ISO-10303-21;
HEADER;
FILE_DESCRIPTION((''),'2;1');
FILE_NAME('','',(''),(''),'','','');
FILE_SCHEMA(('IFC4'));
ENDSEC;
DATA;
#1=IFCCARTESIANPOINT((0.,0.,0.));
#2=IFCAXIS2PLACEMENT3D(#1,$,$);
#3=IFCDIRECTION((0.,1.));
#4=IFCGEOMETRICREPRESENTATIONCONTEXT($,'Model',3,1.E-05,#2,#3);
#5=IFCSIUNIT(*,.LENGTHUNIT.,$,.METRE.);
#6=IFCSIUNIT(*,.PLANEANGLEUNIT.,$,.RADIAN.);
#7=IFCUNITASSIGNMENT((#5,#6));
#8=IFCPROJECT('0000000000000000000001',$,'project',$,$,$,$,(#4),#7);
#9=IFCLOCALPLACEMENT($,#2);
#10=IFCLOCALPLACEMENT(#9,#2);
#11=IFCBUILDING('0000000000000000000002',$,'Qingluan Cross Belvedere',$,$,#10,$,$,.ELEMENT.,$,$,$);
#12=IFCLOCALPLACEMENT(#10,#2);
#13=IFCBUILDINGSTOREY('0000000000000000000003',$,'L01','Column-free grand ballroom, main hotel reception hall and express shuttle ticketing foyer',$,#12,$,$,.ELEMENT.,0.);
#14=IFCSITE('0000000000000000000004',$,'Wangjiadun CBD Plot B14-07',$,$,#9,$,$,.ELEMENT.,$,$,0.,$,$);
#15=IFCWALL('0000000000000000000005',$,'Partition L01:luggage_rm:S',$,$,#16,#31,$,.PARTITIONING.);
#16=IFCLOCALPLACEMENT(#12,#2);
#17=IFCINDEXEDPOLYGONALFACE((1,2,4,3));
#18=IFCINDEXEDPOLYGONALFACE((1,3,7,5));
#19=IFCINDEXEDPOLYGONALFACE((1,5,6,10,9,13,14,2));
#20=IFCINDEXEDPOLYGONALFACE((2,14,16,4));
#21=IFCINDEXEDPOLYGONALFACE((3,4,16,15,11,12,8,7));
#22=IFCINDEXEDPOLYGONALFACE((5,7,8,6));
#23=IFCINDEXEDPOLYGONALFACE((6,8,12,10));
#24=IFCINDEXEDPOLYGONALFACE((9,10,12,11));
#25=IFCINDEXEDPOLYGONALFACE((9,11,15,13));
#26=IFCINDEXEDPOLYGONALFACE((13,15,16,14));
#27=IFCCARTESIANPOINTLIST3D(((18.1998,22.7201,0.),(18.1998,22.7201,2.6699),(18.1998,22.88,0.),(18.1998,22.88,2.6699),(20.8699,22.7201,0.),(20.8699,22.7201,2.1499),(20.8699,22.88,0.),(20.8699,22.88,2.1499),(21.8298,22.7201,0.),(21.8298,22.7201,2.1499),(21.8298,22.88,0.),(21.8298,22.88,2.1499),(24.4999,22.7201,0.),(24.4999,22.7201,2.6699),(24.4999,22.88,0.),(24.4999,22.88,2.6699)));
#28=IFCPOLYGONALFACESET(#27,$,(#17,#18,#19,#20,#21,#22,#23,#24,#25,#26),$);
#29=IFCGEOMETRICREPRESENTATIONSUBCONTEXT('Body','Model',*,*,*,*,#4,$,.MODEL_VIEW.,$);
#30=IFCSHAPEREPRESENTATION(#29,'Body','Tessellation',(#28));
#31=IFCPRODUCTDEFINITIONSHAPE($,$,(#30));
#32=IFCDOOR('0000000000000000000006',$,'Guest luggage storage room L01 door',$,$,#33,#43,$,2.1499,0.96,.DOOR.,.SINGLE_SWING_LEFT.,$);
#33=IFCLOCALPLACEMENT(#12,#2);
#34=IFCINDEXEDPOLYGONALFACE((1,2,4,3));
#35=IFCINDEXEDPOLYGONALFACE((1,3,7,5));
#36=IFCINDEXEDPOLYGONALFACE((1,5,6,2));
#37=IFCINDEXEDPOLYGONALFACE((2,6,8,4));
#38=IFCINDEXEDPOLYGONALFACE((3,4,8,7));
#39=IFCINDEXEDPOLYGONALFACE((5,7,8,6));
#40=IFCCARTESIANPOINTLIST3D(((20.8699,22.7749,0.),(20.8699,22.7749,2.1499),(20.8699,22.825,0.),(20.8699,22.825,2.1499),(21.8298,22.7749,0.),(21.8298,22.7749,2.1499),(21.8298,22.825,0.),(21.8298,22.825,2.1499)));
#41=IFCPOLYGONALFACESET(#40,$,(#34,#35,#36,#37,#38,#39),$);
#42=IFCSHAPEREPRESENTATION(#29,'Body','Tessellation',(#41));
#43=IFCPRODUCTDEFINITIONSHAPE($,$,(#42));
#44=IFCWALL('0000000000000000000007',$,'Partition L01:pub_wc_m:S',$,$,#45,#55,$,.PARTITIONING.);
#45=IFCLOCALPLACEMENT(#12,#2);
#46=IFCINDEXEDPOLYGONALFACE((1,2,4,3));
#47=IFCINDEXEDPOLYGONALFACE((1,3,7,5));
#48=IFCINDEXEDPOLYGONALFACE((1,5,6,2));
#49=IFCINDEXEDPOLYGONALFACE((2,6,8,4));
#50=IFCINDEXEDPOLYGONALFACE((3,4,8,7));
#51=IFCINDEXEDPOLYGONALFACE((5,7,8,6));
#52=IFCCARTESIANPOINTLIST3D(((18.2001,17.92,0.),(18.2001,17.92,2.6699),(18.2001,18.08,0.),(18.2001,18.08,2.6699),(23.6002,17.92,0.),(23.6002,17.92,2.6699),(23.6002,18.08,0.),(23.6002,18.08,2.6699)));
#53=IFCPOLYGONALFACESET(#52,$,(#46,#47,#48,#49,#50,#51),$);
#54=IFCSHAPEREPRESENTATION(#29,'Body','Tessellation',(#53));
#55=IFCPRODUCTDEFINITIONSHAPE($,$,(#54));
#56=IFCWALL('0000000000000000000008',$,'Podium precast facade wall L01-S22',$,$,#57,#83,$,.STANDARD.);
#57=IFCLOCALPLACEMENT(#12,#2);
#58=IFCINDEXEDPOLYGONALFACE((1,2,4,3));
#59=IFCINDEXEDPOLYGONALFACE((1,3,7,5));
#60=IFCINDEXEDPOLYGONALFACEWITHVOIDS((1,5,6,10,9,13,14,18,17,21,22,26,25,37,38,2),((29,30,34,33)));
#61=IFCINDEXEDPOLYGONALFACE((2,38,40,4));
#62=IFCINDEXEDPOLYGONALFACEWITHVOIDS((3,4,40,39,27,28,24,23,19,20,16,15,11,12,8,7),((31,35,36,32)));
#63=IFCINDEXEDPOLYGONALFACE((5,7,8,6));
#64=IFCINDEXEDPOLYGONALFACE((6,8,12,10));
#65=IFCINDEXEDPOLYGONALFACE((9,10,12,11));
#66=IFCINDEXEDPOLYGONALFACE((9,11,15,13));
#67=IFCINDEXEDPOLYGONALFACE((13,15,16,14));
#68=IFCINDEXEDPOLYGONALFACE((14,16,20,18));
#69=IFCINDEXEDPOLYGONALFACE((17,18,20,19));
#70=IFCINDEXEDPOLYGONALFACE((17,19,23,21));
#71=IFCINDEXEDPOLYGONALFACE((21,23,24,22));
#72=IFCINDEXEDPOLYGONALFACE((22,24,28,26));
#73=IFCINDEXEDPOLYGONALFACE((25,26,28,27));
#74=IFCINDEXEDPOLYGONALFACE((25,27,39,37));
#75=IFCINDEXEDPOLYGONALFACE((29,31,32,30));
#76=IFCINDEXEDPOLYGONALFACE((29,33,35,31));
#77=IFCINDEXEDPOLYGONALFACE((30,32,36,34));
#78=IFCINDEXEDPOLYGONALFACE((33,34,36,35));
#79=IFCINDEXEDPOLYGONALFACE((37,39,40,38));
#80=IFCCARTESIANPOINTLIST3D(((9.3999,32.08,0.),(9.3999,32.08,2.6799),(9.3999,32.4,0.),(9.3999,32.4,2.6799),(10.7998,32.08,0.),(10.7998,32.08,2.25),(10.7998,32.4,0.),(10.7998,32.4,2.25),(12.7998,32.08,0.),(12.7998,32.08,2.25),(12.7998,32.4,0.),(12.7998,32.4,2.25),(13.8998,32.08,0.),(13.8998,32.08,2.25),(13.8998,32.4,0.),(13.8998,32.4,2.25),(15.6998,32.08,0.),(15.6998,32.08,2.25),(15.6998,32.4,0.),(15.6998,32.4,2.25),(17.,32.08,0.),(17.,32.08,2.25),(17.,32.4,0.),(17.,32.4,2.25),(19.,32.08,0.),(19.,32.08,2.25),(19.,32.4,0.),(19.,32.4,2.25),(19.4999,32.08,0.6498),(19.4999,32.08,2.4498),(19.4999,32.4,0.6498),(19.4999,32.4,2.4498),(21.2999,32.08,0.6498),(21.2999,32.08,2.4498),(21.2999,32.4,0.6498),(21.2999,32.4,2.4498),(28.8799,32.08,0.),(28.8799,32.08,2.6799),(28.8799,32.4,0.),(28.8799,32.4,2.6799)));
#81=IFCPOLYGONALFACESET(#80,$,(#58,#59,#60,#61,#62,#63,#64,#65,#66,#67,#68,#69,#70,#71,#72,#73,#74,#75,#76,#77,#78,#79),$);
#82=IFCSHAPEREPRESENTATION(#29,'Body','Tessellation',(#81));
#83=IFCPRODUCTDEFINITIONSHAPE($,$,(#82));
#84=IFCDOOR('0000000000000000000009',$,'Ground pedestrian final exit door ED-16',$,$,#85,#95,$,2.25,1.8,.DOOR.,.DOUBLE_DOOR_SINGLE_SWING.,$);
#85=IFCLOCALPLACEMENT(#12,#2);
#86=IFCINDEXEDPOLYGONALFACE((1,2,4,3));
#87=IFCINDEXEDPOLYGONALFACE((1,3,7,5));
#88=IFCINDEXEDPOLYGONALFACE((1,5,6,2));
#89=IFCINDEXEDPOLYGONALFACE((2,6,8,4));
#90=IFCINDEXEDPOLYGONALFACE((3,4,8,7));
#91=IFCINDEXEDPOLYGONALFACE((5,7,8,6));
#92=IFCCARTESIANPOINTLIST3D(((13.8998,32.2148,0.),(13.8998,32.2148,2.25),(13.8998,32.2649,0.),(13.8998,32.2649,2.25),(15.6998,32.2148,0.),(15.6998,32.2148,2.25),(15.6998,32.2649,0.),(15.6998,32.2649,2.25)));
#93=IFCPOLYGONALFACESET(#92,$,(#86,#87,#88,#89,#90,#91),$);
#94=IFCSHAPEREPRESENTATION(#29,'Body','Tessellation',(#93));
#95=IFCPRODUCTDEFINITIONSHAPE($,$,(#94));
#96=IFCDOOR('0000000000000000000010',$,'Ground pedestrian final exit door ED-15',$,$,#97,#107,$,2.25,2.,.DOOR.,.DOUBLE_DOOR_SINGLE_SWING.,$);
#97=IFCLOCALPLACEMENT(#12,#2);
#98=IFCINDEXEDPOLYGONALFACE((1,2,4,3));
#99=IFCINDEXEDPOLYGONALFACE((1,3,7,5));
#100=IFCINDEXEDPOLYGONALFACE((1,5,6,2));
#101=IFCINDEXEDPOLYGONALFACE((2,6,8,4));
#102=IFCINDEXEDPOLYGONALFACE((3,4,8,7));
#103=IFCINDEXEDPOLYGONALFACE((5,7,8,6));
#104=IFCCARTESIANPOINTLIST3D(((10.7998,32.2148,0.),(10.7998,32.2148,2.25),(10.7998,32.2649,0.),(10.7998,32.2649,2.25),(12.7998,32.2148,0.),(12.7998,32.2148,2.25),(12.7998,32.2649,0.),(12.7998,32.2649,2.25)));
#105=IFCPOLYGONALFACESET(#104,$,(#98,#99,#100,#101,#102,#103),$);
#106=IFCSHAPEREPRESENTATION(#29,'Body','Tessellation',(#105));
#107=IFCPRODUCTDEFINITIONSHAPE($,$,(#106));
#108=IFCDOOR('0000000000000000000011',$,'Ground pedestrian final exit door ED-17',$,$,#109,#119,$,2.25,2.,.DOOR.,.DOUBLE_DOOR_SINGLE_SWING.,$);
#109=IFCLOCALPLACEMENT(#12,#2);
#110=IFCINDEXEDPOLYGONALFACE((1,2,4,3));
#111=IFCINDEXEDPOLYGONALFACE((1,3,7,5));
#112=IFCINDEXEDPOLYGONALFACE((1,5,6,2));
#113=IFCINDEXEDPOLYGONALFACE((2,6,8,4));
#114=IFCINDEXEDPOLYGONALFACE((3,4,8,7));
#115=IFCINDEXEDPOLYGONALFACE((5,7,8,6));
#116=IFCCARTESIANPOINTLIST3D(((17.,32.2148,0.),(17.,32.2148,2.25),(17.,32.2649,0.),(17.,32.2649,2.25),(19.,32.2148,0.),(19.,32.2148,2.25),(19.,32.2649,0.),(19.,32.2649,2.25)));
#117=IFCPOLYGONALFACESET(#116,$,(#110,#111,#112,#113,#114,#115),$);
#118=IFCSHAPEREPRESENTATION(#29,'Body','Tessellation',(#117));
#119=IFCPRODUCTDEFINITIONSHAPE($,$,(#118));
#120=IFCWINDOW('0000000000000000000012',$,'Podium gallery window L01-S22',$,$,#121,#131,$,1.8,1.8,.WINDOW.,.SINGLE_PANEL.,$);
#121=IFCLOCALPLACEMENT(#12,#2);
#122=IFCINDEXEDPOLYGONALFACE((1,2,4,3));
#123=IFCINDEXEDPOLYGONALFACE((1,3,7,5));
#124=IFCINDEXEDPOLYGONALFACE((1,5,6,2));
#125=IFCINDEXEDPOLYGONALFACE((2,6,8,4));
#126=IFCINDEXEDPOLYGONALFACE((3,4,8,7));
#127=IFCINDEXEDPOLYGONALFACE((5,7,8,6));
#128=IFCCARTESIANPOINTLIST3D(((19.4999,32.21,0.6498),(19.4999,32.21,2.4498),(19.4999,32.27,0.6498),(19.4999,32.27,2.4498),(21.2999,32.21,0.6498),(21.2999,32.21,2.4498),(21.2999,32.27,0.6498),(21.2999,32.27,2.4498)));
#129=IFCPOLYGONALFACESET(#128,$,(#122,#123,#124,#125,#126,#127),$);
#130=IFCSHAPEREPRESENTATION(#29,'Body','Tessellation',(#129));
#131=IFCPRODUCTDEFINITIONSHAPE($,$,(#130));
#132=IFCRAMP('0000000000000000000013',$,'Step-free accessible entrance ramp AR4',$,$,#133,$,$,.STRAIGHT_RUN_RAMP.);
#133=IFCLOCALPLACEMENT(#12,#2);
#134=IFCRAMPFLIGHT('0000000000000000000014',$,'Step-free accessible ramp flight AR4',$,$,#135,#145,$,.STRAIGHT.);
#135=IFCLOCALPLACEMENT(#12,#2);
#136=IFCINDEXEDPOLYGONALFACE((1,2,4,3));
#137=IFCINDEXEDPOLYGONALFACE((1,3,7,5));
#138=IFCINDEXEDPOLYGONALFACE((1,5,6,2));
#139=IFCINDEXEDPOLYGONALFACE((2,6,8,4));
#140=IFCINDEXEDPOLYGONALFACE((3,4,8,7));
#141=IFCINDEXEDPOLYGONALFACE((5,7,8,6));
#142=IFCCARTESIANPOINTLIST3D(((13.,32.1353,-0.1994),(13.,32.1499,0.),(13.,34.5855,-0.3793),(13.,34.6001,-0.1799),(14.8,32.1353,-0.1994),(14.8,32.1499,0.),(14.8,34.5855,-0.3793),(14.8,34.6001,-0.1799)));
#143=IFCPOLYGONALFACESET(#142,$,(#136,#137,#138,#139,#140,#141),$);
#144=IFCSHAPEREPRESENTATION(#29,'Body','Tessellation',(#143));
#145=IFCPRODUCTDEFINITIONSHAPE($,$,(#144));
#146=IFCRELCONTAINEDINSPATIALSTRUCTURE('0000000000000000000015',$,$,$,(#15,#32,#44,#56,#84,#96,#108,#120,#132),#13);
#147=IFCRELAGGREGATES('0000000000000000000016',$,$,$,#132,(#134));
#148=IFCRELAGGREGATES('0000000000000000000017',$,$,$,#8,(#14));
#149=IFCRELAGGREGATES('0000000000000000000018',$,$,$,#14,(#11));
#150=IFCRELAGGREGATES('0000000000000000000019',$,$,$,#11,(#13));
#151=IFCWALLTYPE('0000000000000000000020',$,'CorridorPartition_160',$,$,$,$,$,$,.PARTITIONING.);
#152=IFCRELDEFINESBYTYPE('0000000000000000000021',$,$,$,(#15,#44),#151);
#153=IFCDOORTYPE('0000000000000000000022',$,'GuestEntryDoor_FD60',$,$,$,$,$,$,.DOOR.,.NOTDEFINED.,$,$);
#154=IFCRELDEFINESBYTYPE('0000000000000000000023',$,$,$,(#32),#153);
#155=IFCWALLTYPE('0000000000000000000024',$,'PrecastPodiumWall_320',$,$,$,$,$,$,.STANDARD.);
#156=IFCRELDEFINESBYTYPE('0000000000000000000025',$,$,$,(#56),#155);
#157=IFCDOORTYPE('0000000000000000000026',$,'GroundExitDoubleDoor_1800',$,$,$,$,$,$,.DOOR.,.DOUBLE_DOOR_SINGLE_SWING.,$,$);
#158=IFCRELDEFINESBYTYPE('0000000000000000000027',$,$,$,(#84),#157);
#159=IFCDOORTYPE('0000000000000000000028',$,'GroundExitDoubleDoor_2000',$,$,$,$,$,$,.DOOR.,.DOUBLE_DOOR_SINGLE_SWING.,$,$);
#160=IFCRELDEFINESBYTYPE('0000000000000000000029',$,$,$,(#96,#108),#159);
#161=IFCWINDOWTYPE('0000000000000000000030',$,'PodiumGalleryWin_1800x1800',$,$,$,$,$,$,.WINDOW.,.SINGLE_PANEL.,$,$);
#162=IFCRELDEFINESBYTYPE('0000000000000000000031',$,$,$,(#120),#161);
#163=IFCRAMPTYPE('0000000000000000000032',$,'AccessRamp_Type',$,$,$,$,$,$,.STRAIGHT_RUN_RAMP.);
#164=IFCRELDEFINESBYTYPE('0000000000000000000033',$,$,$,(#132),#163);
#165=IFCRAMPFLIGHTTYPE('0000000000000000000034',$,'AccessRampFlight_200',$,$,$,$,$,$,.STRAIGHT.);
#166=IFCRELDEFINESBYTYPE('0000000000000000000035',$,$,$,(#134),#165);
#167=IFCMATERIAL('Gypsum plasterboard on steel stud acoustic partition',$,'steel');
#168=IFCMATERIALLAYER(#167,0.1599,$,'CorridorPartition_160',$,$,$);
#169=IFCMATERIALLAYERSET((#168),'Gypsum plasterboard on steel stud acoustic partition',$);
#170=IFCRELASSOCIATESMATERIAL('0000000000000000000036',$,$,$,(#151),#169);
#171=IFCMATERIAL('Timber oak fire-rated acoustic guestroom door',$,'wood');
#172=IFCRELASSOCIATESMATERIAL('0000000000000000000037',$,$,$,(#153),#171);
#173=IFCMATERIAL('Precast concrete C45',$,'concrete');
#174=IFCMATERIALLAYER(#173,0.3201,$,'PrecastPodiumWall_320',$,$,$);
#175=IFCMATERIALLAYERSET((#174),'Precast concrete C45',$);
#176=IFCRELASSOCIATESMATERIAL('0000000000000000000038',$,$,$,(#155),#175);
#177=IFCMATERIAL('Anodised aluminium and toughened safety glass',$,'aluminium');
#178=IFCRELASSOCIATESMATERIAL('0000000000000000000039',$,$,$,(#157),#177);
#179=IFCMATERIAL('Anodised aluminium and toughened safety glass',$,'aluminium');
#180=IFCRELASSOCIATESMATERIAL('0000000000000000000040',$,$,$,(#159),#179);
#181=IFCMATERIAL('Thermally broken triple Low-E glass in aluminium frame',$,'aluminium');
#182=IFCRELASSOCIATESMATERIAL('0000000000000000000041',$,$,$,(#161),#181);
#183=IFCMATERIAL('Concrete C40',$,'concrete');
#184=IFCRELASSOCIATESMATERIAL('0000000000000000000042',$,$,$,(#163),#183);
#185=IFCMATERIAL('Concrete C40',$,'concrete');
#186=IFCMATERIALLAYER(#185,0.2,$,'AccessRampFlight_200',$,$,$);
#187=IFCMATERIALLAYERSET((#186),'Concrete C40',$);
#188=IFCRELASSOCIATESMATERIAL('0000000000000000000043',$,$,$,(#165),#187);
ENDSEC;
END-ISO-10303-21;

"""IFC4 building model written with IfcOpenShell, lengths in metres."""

from ifc_helpers import new_model, si_unit, direction, frame, frame_2d, origin, place, context, subcontext, project, spatial, polyline, rectangle, outline, extrude, material, layer, layer_set, type_object, element, fill, aggregate, save


model = new_model("IFC4")

# Units and contexts
model_context = context("Model", 3, precision=1e-05, world=origin(), true_north=direction((0.0, 1.0)))
body_context = subcontext(model_context, "Body", "Model", "MODEL_VIEW")
ifc_project = project(units=[si_unit("LENGTHUNIT", "METRE"), si_unit("PLANEANGLEUNIT", "RADIAN")], contexts=[model_context])

# Site, building, storey
site_placement = place(None, origin())
site = spatial("IfcSite", under=ifc_project, at=site_placement, Name="Wangjiadun CBD Plot B14-07", CompositionType="ELEMENT", RefElevation=0.0)
building_placement = place(site_placement, origin())
building = spatial("IfcBuilding", under=site, at=building_placement, Name="Qingluan Cross Belvedere", CompositionType="ELEMENT")
storey_placement = place(building_placement, origin())
storey = spatial("IfcBuildingStorey", under=building, at=storey_placement, Name="L01", Description="Column-free grand ballroom, main hotel reception hall and express shuttle ticketing foyer", CompositionType="ELEMENT", Elevation=0.0)

# Shared definitions
ifc_material_1 = material(Name="Gypsum plasterboard on steel stud acoustic partition", Category="steel")
ifc_layer_1 = layer(ifc_material_1, 0.1599, Name="CorridorPartition_160")
ifc_layer_set_1 = layer_set([ifc_layer_1], Name="Gypsum plasterboard on steel stud acoustic partition")
wall_type_1 = type_object("IfcWallType", Name="CorridorPartition_160", PredefinedType="PARTITIONING", material=ifc_layer_set_1)

# Wall, opening, door
wall_1_placement = place(storey_placement, frame((18.2, 22.8, 0.0), z_axis=(0.0, 0.0, 1.0), x_axis=(1.0, 0.0, 0.0)))
wall_1 = element("IfcWall", 1, at=wall_1_placement, inside=storey, type_object=wall_type_1, Name="Partition L01:luggage_rm:S", PredefinedType="PARTITIONING", context=body_context, shape_type="SweptSolid", body=[
    extrude(rectangle(XDim=6.3, YDim=0.1599, at=frame_2d((3.1499, 0.0))), origin(), (0.0, 0.0, 1.0), 2.6699),
])
opening_1_placement = place(wall_1_placement, frame((2.6699, 0.0, 0.0)))
opening_1 = element("IfcOpeningElement", 2, at=opening_1_placement, cuts=wall_1, PredefinedType="OPENING", context=body_context, shape_type="SweptSolid", body=[
    extrude(rectangle(XDim=0.96, YDim=2.1499, at=frame_2d((0.48, 1.075))), frame((0.0, 0.0898, 0.0), z_axis=(0.0, -1.0, 0.0), x_axis=(1.0, 0.0, 0.0)), (0.0, 0.0, 1.0), 0.1799),
])
ifc_material_2 = material(Name="Timber oak fire-rated acoustic guestroom door", Category="wood")
door_type_1 = type_object("IfcDoorType", Name="GuestEntryDoor_FD60", OperationType="NOTDEFINED", PredefinedType="DOOR", material=ifc_material_2)
door_1_placement = place(opening_1_placement, origin())
door_1 = element("IfcDoor", 3, at=door_1_placement, inside=storey, type_object=door_type_1, Name="Guest luggage storage room L01 door", OperationType="SINGLE_SWING_LEFT", OverallHeight=2.1499, OverallWidth=0.96, PredefinedType="DOOR", context=body_context, shape_type="SweptSolid", body=[
    extrude(rectangle(XDim=0.96, YDim=2.1499, at=frame_2d((0.48, 1.075))), frame((0.0, 0.0249, 0.0), z_axis=(0.0, -1.0, 0.0), x_axis=(1.0, 0.0, 0.0)), (0.0, 0.0, 1.0), 0.05),
])
fill(opening_1, door_1)

# Wall
wall_2_placement = place(storey_placement, frame((18.2, 18.0, 0.0), z_axis=(0.0, 0.0, 1.0), x_axis=(1.0, 0.0, 0.0)))
element("IfcWall", 4, at=wall_2_placement, inside=storey, type_object=wall_type_1, Name="Partition L01:pub_wc_m:S", PredefinedType="PARTITIONING", context=body_context, shape_type="SweptSolid", body=[
    extrude(rectangle(XDim=5.4001, YDim=0.1599, at=frame_2d((2.7002, 0.0))), origin(), (0.0, 0.0, 1.0), 2.6699),
])

# Wall, openings, doors, window
ifc_material_3 = material(Name="Precast concrete C45", Category="concrete")
ifc_layer_2 = layer(ifc_material_3, 0.3201, Name="PrecastPodiumWall_320")
ifc_layer_set_2 = layer_set([ifc_layer_2], Name="Precast concrete C45")
wall_type_2 = type_object("IfcWallType", Name="PrecastPodiumWall_320", PredefinedType="STANDARD", material=ifc_layer_set_2)
wall_3_placement = place(storey_placement, frame((9.3999, 32.24, 0.0), z_axis=(0.0, 0.0, 1.0), x_axis=(1.0, 0.0, 0.0)))
wall_3 = element("IfcWall", 5, at=wall_3_placement, inside=storey, type_object=wall_type_2, Name="Podium precast facade wall L01-S22", PredefinedType="STANDARD", context=body_context, shape_type="SweptSolid", body=[
    extrude(rectangle(XDim=19.48, YDim=0.3201, at=frame_2d((9.74, 0.0))), origin(), (0.0, 0.0, 1.0), 2.6799),
])
opening_2_placement = place(wall_3_placement, frame((1.3999, 0.0, 0.0)))
opening_2 = element("IfcOpeningElement", 6, at=opening_2_placement, cuts=wall_3, PredefinedType="OPENING", context=body_context, shape_type="SweptSolid", body=[
    extrude(rectangle(XDim=2.0, YDim=2.25, at=frame_2d((1.0, 1.125))), frame((0.0, 0.1699, 0.0), z_axis=(0.0, -1.0, 0.0), x_axis=(1.0, 0.0, 0.0)), (0.0, 0.0, 1.0), 0.3401),
])
opening_3_placement = place(wall_3_placement, frame((4.5, 0.0, 0.0)))
opening_3 = element("IfcOpeningElement", 7, at=opening_3_placement, cuts=wall_3, PredefinedType="OPENING", context=body_context, shape_type="SweptSolid", body=[
    extrude(rectangle(XDim=1.8, YDim=2.25, at=frame_2d((0.8999, 1.125))), frame((0.0, 0.1699, 0.0), z_axis=(0.0, -1.0, 0.0), x_axis=(1.0, 0.0, 0.0)), (0.0, 0.0, 1.0), 0.3401),
])
opening_4_placement = place(wall_3_placement, frame((7.6001, 0.0, 0.0)))
opening_4 = element("IfcOpeningElement", 8, at=opening_4_placement, cuts=wall_3, PredefinedType="OPENING", context=body_context, shape_type="SweptSolid", body=[
    extrude(rectangle(XDim=2.0, YDim=2.25, at=frame_2d((1.0, 1.125))), frame((0.0, 0.1699, 0.0), z_axis=(0.0, -1.0, 0.0), x_axis=(1.0, 0.0, 0.0)), (0.0, 0.0, 1.0), 0.3401),
])
opening_5_placement = place(wall_3_placement, frame((10.1001, 0.0, 0.6499)))
opening_5 = element("IfcOpeningElement", 9, at=opening_5_placement, cuts=wall_3, PredefinedType="OPENING", context=body_context, shape_type="SweptSolid", body=[
    extrude(rectangle(XDim=1.8, YDim=1.8, at=frame_2d((0.8999, 0.8999))), frame((0.0, 0.1699, 0.0), z_axis=(0.0, -1.0, 0.0), x_axis=(1.0, 0.0, 0.0)), (0.0, 0.0, 1.0), 0.3401),
])
ifc_material_4 = material(Name="Anodised aluminium and toughened safety glass", Category="aluminium")
door_type_2 = type_object("IfcDoorType", Name="GroundExitDoubleDoor_1800", OperationType="DOUBLE_DOOR_SINGLE_SWING", PredefinedType="DOOR", material=ifc_material_4)
door_2_placement = place(opening_3_placement, origin())
door_2 = element("IfcDoor", 10, at=door_2_placement, inside=storey, type_object=door_type_2, Name="Ground pedestrian final exit door ED-16", OperationType="DOUBLE_DOOR_SINGLE_SWING", OverallHeight=2.25, OverallWidth=1.8, PredefinedType="DOOR", context=body_context, shape_type="SweptSolid", body=[
    extrude(rectangle(XDim=1.8, YDim=2.25, at=frame_2d((0.8999, 1.125))), frame((0.0, 0.0249, 0.0), z_axis=(0.0, -1.0, 0.0), x_axis=(1.0, 0.0, 0.0)), (0.0, 0.0, 1.0), 0.05),
])
fill(opening_3, door_2)
ifc_material_5 = material(Name="Anodised aluminium and toughened safety glass", Category="aluminium")
door_type_3 = type_object("IfcDoorType", Name="GroundExitDoubleDoor_2000", OperationType="DOUBLE_DOOR_SINGLE_SWING", PredefinedType="DOOR", material=ifc_material_5)
door_3_placement = place(opening_2_placement, origin())
door_3 = element("IfcDoor", 11, at=door_3_placement, inside=storey, type_object=door_type_3, Name="Ground pedestrian final exit door ED-15", OperationType="DOUBLE_DOOR_SINGLE_SWING", OverallHeight=2.25, OverallWidth=2.0, PredefinedType="DOOR", context=body_context, shape_type="SweptSolid", body=[
    extrude(rectangle(XDim=2.0, YDim=2.25, at=frame_2d((1.0, 1.125))), frame((0.0, 0.0249, 0.0), z_axis=(0.0, -1.0, 0.0), x_axis=(1.0, 0.0, 0.0)), (0.0, 0.0, 1.0), 0.05),
])
fill(opening_2, door_3)
door_4_placement = place(opening_4_placement, origin())
door_4 = element("IfcDoor", 12, at=door_4_placement, inside=storey, type_object=door_type_3, Name="Ground pedestrian final exit door ED-17", OperationType="DOUBLE_DOOR_SINGLE_SWING", OverallHeight=2.25, OverallWidth=2.0, PredefinedType="DOOR", context=body_context, shape_type="SweptSolid", body=[
    extrude(rectangle(XDim=2.0, YDim=2.25, at=frame_2d((1.0, 1.125))), frame((0.0, 0.0249, 0.0), z_axis=(0.0, -1.0, 0.0), x_axis=(1.0, 0.0, 0.0)), (0.0, 0.0, 1.0), 0.05),
])
fill(opening_4, door_4)
ifc_material_6 = material(Name="Thermally broken triple Low-E glass in aluminium frame", Category="aluminium")
window_type = type_object("IfcWindowType", Name="PodiumGalleryWin_1800x1800", PartitioningType="SINGLE_PANEL", PredefinedType="WINDOW", material=ifc_material_6)
window_placement = place(opening_5_placement, origin())
window = element("IfcWindow", 13, at=window_placement, inside=storey, type_object=window_type, Name="Podium gallery window L01-S22", OverallHeight=1.8, OverallWidth=1.8, PartitioningType="SINGLE_PANEL", PredefinedType="WINDOW", context=body_context, shape_type="SweptSolid", body=[
    extrude(rectangle(XDim=1.8, YDim=1.8, at=frame_2d((0.8999, 0.8999))), frame((0.0, 0.03, 0.0), z_axis=(0.0, -1.0, 0.0), x_axis=(1.0, 0.0, 0.0)), (0.0, 0.0, 1.0), 0.0601),
])
fill(opening_5, window)

# Ramp, ramp flight
ifc_material_7 = material(Name="Concrete C40", Category="concrete")
ramp_type = type_object("IfcRampType", Name="AccessRamp_Type", PredefinedType="STRAIGHT_RUN_RAMP", material=ifc_material_7)
ramp_placement = place(storey_placement, origin())
ramp = element("IfcRamp", 14, at=ramp_placement, inside=storey, type_object=ramp_type, Name="Step-free accessible entrance ramp AR4", PredefinedType="STRAIGHT_RUN_RAMP")
ifc_material_8 = material(Name="Concrete C40", Category="concrete")
ifc_layer_3 = layer(ifc_material_8, 0.2, Name="AccessRampFlight_200")
ifc_layer_set_3 = layer_set([ifc_layer_3], Name="Concrete C40")
ramp_flight_type = type_object("IfcRampFlightType", Name="AccessRampFlight_200", PredefinedType="STRAIGHT", material=ifc_layer_set_3)
ramp_flight_placement = place(storey_placement, frame((14.8, 34.6001, -0.1799), z_axis=(0.0, 0.073238, 0.997314), x_axis=(-1.0, 0.0, 0.0)))
ramp_flight = element("IfcRampFlight", 15, at=ramp_flight_placement, type_object=ramp_flight_type, Name="Step-free accessible ramp flight AR4", PredefinedType="STRAIGHT", context=body_context, shape_type="SweptSolid", body=[
    extrude(outline(polyline([(0.0, 0.0), (1.8, 0.0), (1.8, 2.4568), (0.0, 2.4568), (0.0, 0.0)])), origin(), (0.0, 0.0, -1.0), 0.2),
])
aggregate(ramp, [ramp_flight])

save(model, "model.ifc")
